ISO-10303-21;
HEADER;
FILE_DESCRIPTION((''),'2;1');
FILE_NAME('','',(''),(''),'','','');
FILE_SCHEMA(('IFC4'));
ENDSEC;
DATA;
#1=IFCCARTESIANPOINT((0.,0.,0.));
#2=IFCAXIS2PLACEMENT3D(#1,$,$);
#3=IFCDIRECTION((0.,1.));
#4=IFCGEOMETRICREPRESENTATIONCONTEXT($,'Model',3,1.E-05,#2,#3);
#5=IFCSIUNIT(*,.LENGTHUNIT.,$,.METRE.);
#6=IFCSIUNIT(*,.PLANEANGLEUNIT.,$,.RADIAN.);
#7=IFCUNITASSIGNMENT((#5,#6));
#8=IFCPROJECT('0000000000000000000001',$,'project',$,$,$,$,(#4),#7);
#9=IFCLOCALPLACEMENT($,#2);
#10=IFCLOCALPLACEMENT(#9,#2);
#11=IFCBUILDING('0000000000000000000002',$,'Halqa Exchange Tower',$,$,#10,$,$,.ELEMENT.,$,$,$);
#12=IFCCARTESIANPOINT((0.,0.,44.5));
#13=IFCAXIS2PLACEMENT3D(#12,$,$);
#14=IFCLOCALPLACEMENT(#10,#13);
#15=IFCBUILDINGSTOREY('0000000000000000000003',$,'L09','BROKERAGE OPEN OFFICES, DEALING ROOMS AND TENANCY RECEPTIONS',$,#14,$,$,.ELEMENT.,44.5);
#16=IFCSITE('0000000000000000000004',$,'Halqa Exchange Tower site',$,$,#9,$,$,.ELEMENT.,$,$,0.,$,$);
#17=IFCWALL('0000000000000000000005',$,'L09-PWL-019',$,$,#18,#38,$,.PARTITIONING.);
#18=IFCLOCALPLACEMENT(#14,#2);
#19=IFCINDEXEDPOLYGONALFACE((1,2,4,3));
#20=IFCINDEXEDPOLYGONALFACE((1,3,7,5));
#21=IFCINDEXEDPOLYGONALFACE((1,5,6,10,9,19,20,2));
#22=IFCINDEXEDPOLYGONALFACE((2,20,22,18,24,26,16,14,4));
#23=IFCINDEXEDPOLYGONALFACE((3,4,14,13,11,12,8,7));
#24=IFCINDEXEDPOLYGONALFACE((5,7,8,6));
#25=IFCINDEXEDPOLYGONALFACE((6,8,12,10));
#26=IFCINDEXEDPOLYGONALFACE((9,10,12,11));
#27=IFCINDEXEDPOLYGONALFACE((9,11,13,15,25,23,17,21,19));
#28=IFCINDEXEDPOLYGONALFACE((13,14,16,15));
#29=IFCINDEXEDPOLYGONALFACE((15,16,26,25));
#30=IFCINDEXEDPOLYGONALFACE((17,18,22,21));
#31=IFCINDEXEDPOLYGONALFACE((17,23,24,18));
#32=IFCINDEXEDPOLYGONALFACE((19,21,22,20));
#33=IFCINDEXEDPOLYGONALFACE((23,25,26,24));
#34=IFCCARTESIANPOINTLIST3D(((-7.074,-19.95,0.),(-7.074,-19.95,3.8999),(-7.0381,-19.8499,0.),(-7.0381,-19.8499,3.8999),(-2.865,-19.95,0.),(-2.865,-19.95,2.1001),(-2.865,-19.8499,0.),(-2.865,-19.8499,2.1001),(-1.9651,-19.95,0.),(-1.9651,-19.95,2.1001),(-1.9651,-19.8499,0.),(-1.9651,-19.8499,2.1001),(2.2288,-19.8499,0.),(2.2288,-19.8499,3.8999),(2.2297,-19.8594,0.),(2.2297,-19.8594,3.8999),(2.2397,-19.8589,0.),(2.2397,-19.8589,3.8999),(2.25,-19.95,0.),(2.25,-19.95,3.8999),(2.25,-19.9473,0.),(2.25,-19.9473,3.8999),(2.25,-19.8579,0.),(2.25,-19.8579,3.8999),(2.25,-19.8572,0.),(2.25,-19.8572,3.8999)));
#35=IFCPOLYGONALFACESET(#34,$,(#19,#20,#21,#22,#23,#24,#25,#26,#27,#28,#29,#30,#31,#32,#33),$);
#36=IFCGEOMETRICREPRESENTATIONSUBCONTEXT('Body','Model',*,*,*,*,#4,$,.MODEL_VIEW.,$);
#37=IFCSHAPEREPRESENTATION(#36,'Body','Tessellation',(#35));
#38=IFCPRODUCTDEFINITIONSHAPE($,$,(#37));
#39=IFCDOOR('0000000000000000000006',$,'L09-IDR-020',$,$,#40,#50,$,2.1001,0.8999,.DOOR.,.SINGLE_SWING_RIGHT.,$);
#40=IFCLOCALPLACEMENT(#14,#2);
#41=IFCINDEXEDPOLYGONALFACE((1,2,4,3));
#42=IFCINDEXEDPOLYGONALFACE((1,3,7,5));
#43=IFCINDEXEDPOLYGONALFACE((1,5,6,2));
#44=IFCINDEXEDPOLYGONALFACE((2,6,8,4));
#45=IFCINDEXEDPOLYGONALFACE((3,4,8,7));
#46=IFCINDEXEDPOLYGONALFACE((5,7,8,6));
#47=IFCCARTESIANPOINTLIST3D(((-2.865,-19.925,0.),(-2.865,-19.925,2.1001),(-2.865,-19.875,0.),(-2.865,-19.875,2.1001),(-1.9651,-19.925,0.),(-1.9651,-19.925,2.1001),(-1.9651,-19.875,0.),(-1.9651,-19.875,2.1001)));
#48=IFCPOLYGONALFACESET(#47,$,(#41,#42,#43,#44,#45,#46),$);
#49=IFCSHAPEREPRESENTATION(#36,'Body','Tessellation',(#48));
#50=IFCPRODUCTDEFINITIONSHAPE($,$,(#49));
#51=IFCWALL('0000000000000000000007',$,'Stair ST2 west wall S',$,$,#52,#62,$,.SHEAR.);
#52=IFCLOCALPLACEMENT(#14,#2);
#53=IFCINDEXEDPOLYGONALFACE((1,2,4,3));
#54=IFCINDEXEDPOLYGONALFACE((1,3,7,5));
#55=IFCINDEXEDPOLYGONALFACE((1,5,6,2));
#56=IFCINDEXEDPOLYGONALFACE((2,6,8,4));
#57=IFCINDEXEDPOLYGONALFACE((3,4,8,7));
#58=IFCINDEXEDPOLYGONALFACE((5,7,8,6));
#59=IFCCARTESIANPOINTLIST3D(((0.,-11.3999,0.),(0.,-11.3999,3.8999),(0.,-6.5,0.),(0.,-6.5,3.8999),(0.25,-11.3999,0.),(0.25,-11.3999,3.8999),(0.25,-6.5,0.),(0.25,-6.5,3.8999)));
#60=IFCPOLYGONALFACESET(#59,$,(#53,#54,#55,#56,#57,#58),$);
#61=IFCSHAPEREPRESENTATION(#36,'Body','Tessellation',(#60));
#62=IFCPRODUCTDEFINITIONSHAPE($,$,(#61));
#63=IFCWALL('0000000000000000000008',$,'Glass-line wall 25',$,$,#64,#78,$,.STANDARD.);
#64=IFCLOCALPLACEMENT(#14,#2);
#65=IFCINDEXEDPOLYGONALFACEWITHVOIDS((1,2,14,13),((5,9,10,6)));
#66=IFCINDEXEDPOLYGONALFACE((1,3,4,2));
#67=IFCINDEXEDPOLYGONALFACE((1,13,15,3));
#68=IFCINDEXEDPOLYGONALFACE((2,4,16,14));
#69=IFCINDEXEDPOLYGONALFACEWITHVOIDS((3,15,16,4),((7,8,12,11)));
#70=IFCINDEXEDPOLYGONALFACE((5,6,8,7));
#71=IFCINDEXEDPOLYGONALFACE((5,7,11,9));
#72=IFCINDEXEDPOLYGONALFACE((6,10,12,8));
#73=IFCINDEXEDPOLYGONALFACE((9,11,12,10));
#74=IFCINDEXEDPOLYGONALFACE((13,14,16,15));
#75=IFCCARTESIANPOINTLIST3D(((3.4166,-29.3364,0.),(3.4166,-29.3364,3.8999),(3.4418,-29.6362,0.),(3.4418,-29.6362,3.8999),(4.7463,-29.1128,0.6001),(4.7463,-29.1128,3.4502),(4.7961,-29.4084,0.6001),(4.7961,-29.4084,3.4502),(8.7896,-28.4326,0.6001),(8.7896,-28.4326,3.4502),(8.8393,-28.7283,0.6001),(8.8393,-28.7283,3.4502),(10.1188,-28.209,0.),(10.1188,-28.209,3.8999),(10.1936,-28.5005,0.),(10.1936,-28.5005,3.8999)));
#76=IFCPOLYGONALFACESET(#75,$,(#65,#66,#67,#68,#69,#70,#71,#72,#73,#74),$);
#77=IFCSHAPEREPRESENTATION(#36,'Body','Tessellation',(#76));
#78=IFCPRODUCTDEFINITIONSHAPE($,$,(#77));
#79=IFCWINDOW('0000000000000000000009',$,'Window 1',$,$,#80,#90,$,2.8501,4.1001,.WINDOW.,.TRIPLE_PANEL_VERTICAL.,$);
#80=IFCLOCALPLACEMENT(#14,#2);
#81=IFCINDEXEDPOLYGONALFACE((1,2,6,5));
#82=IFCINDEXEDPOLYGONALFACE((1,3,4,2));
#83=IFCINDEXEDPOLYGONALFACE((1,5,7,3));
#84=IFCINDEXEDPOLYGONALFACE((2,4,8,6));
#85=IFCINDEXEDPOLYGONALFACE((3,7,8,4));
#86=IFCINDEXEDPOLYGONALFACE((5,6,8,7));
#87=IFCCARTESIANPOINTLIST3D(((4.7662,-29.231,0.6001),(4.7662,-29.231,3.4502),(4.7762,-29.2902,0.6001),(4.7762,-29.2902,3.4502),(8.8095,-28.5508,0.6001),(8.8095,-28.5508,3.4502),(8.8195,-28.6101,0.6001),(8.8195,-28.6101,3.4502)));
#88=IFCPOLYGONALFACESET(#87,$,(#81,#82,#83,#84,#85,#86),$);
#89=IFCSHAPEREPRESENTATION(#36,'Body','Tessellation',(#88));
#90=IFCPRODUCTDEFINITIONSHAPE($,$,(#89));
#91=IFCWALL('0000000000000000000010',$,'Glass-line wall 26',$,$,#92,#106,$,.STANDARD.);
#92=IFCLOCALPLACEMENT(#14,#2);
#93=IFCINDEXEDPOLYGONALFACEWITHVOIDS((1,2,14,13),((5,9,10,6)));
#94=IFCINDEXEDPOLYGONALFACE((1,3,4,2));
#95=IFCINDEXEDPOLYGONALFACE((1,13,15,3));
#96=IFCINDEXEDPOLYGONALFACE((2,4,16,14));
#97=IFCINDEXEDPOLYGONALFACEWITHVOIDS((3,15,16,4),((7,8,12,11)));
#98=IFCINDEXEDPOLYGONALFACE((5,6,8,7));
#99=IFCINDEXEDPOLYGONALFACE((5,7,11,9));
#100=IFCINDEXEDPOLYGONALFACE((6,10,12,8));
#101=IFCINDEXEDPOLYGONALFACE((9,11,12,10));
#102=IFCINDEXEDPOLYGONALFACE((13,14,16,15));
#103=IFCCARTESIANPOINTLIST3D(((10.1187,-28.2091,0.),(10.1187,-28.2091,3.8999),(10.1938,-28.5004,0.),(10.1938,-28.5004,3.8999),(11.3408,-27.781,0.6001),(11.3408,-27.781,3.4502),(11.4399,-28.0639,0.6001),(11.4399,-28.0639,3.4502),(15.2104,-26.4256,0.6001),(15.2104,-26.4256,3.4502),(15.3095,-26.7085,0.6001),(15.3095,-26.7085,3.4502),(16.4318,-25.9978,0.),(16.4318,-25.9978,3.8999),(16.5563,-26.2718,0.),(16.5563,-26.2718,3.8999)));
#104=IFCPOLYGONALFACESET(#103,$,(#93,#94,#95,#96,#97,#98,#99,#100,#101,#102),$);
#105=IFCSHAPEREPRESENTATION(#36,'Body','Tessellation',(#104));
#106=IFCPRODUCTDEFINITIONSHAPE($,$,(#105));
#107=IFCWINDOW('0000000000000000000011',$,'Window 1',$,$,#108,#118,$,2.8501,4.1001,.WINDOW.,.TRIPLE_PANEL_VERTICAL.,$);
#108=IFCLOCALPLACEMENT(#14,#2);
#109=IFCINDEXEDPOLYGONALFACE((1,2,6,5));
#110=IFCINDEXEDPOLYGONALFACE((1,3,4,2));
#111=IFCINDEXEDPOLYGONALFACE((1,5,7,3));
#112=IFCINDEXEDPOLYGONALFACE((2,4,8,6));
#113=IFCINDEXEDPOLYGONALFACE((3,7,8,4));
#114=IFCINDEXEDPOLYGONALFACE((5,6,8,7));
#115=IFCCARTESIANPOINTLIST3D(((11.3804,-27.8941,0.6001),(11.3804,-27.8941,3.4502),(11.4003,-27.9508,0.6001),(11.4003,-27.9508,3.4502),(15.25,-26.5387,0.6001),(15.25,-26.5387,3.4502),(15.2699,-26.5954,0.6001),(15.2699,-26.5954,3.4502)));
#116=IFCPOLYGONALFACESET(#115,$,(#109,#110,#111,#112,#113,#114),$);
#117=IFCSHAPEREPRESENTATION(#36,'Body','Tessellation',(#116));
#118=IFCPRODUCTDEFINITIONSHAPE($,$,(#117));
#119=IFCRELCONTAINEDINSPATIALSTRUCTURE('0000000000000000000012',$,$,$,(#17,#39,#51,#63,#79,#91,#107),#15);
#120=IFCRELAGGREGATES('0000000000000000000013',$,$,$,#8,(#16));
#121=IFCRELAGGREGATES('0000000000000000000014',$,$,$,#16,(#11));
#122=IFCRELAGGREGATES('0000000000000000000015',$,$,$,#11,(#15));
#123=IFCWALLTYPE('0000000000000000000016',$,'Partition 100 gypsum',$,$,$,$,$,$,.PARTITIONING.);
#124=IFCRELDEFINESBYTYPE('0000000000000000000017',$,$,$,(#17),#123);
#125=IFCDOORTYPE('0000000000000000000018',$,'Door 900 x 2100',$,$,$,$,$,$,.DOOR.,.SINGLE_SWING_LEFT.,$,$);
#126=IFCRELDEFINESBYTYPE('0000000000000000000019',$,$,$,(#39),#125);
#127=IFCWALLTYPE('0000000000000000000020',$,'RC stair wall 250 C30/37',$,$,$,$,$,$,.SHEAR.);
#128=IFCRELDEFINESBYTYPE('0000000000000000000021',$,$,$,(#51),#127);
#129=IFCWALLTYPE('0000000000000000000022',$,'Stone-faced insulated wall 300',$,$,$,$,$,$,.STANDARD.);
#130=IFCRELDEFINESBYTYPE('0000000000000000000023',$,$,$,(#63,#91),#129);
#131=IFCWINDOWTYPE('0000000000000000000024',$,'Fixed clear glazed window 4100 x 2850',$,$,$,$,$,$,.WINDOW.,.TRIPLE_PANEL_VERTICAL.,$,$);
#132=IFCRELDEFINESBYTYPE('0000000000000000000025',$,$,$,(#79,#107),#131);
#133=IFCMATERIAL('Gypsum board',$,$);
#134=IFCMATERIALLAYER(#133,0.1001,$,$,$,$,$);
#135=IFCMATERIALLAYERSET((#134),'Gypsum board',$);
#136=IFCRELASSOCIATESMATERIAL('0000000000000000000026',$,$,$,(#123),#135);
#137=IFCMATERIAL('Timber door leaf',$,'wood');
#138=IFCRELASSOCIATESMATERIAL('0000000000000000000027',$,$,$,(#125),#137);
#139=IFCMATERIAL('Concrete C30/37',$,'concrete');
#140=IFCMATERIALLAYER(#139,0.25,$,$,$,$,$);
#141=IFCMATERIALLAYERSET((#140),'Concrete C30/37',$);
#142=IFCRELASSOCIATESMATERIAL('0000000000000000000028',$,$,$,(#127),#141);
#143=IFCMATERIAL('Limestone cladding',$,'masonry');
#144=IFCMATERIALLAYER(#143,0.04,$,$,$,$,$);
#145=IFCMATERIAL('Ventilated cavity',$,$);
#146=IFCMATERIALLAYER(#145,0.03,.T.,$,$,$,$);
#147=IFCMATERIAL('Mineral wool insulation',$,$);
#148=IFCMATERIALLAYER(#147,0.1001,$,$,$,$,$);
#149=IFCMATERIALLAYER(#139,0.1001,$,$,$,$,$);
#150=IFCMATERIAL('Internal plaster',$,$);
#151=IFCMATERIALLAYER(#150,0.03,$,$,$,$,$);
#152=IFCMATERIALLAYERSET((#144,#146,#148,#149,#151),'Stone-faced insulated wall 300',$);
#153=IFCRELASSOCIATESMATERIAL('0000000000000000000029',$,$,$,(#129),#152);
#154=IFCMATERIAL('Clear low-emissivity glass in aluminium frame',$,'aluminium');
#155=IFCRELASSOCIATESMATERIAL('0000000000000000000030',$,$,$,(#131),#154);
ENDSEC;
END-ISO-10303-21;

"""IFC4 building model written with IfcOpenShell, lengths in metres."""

from ifc_helpers import new_model, si_unit, direction, frame, frame_2d, origin, place, context, subcontext, project, spatial, polyline, rectangle, outline, extrude, material, layer, layer_set, type_object, element, fill, save


model = new_model("IFC4")

# Units and contexts
model_context = context("Model", 3, precision=1e-05, world=origin(), true_north=direction((0.0, 1.0)))
body_context = subcontext(model_context, "Body", "Model", "MODEL_VIEW")
ifc_project = project(units=[si_unit("LENGTHUNIT", "METRE"), si_unit("PLANEANGLEUNIT", "RADIAN")], contexts=[model_context])

# Site, building, storey
site_placement = place(None, origin())
site = spatial("IfcSite", under=ifc_project, at=site_placement, Name="Halqa Exchange Tower site", CompositionType="ELEMENT", RefElevation=0.0)
building_placement = place(site_placement, origin())
building = spatial("IfcBuilding", under=site, at=building_placement, Name="Halqa Exchange Tower", CompositionType="ELEMENT")
storey_placement = place(building_placement, frame((0.0, 0.0, 44.5)))
storey = spatial("IfcBuildingStorey", under=building, at=storey_placement, Name="L09", Description="BROKERAGE OPEN OFFICES, DEALING ROOMS AND TENANCY RECEPTIONS", CompositionType="ELEMENT", Elevation=44.5)

# Wall, opening, door
ifc_material_1 = material(Name="Gypsum board")
ifc_layer_1 = layer(ifc_material_1, 0.1001)
ifc_layer_set_1 = layer_set([ifc_layer_1], Name="Gypsum board")
wall_type_1 = type_object("IfcWallType", Name="Partition 100 gypsum", PredefinedType="PARTITIONING", material=ifc_layer_set_1)
wall_1_placement = place(storey_placement, frame((2.25, -19.8999, 0.0), z_axis=(0.0, 0.0, 1.0), x_axis=(-1.0, 0.0, 0.0)))
wall_1 = element("IfcWall", 1, at=wall_1_placement, inside=storey, type_object=wall_type_1, Name="L09-PWL-019", PredefinedType="PARTITIONING", context=body_context, shape_type="SweptSolid", body=[
    extrude(outline(polyline([(0.0212, -0.05), (1.8748, -0.05), (3.728, -0.05), (5.5813, -0.05), (7.4348, -0.05), (9.2881, -0.05), (9.324, 0.05), (9.324, 0.05), (7.4592, 0.05), (5.5945, 0.05), (3.7295, 0.05), (1.8647, 0.05), (0.0, 0.05), (0.0, 0.0474), (0.0103, -0.041), (0.0, -0.042), (0.0, -0.0427), (0.0203, -0.0405), (0.0212, -0.05)])), origin(), (0.0, 0.0, 1.0), 3.8999),
])
opening_1_placement = place(wall_1_placement, frame((4.2151, 0.0, 0.0)))
opening_1 = element("IfcOpeningElement", 2, at=opening_1_placement, cuts=wall_1, PredefinedType="OPENING", context=body_context, shape_type="SweptSolid", body=[
    extrude(rectangle(XDim=0.8999, YDim=2.1001, at=frame_2d((0.45, 1.05))), frame((0.0, 0.062, 0.0), z_axis=(0.0, -1.0, 0.0), x_axis=(1.0, 0.0, 0.0)), (0.0, 0.0, 1.0), 0.124),
])
ifc_material_2 = material(Name="Timber door leaf", Category="wood")
door_type = type_object("IfcDoorType", Name="Door 900 x 2100", OperationType="SINGLE_SWING_LEFT", PredefinedType="DOOR", material=ifc_material_2)
door_placement = place(opening_1_placement, frame((0.8999, 0.0, 0.0), z_axis=(0.0, 0.0, 1.0), x_axis=(-1.0, 0.0, 0.0)))
door = element("IfcDoor", 3, at=door_placement, inside=storey, type_object=door_type, Name="L09-IDR-020", OperationType="SINGLE_SWING_RIGHT", OverallHeight=2.1001, OverallWidth=0.8999, PredefinedType="DOOR", context=body_context, shape_type="SweptSolid", body=[
    extrude(rectangle(XDim=0.8999, YDim=2.1001, at=frame_2d((0.45, 1.05))), frame((0.0, 0.0249, 0.0), z_axis=(0.0, -1.0, 0.0), x_axis=(1.0, 0.0, 0.0)), (0.0, 0.0, 1.0), 0.05),
])
fill(opening_1, door)

# Wall
ifc_material_3 = material(Name="Concrete C30/37", Category="concrete")
ifc_layer_2 = layer(ifc_material_3, 0.25)
ifc_layer_set_2 = layer_set([ifc_layer_2], Name="Concrete C30/37")
wall_type_2 = type_object("IfcWallType", Name="RC stair wall 250 C30/37", PredefinedType="SHEAR", material=ifc_layer_set_2)
wall_2_placement = place(storey_placement, frame((0.125, -11.3999, 0.0), z_axis=(0.0, 0.0, 1.0), x_axis=(0.0, 1.0, 0.0)))
element("IfcWall", 4, at=wall_2_placement, inside=storey, type_object=wall_type_2, Name="Stair ST2 west wall S", PredefinedType="SHEAR", context=body_context, shape_type="SweptSolid", body=[
    extrude(rectangle(XDim=4.8999, YDim=0.25, at=frame_2d((2.45, 0.0))), origin(), (0.0, 0.0, 1.0), 3.8999),
])

# Walls, openings, windows
ifc_material_4 = material(Name="Limestone cladding", Category="masonry")
ifc_layer_3 = layer(ifc_material_4, 0.04)
ifc_material_5 = material(Name="Ventilated cavity")
ifc_layer_4 = layer(ifc_material_5, 0.03, ventilated=True)
ifc_material_6 = material(Name="Mineral wool insulation")
ifc_layer_5 = layer(ifc_material_6, 0.1001)
ifc_layer_6 = layer(ifc_material_3, 0.1001)
ifc_material_7 = material(Name="Internal plaster")
ifc_layer_7 = layer(ifc_material_7, 0.03)
ifc_layer_set_3 = layer_set([ifc_layer_3, ifc_layer_4, ifc_layer_5, ifc_layer_6, ifc_layer_7], Name="Stone-faced insulated wall 300")
wall_type_3 = type_object("IfcWallType", Name="Stone-faced insulated wall 300", PredefinedType="STANDARD", material=ifc_layer_set_3)
wall_3_placement = place(storey_placement, frame((3.4292, -29.4863, 0.0), z_axis=(0.0, 0.0, 1.0), x_axis=(0.986145, 0.165885, 0.0)))
wall_3 = element("IfcWall", 5, at=wall_3_placement, inside=storey, type_object=wall_type_3, Name="Glass-line wall 25", PredefinedType="STANDARD", context=body_context, shape_type="SweptSolid", body=[
    extrude(outline(polyline([(-0.0125, -0.1499), (6.8342, -0.1499), (6.8088, 0.1499), (0.0125, 0.1499), (-0.0125, -0.1499)])), origin(), (0.0, 0.0, 1.0), 3.8999),
])
opening_2_placement = place(wall_3_placement, frame((1.3608, 0.0, 0.6001)))
opening_2 = element("IfcOpeningElement", 6, at=opening_2_placement, cuts=wall_3, PredefinedType="OPENING", context=body_context, shape_type="SweptSolid", body=[
    extrude(rectangle(XDim=4.1001, YDim=2.8501, at=frame_2d((2.05, 1.425))), frame((0.0, 0.1621, 0.0), z_axis=(0.0, -1.0, 0.0), x_axis=(1.0, 0.0, 0.0)), (0.0, 0.0, 1.0), 0.324),
])
ifc_material_8 = material(Name="Clear low-emissivity glass in aluminium frame", Category="aluminium")
window_type = type_object("IfcWindowType", Name="Fixed clear glazed window 4100 x 2850", PartitioningType="TRIPLE_PANEL_VERTICAL", PredefinedType="WINDOW", material=ifc_material_8)
window_1_placement = place(opening_2_placement, origin())
window_1 = element("IfcWindow", 7, at=window_1_placement, inside=storey, type_object=window_type, Name="Window 1", OverallHeight=2.8501, OverallWidth=4.1001, PartitioningType="TRIPLE_PANEL_VERTICAL", PredefinedType="WINDOW", context=body_context, shape_type="SweptSolid", body=[
    extrude(rectangle(XDim=4.1001, YDim=2.8501, at=frame_2d((2.05, 1.425))), frame((0.0, 0.03, 0.0), z_axis=(0.0, -1.0, 0.0), x_axis=(1.0, 0.0, 0.0)), (0.0, 0.0, 1.0), 0.0601),
])
fill(opening_2, window_1)
wall_4_placement = place(storey_placement, frame((10.1562, -28.3547, 0.0), z_axis=(0.0, 0.0, 1.0), x_axis=(0.943779, 0.330577, 0.0)))
wall_4 = element("IfcWall", 8, at=wall_4_placement, inside=storey, type_object=wall_type_3, Name="Glass-line wall 26", PredefinedType="STANDARD", context=body_context, shape_type="SweptSolid", body=[
    extrude(outline(polyline([(-0.0127, -0.1499), (6.7288, -0.1499), (6.7019, 0.1499), (0.0127, 0.1499), (-0.0127, -0.1499)])), origin(), (0.0, 0.0, 1.0), 3.8999),
])
opening_3_placement = place(wall_4_placement, frame((1.3076, 0.0, 0.6001)))
opening_3 = element("IfcOpeningElement", 9, at=opening_3_placement, cuts=wall_4, PredefinedType="OPENING", context=body_context, shape_type="SweptSolid", body=[
    extrude(rectangle(XDim=4.1001, YDim=2.8501, at=frame_2d((2.05, 1.425))), frame((0.0, 0.1621, 0.0), z_axis=(0.0, -1.0, 0.0), x_axis=(1.0, 0.0, 0.0)), (0.0, 0.0, 1.0), 0.324),
])
window_2_placement = place(opening_3_placement, origin())
window_2 = element("IfcWindow", 10, at=window_2_placement, inside=storey, type_object=window_type, Name="Window 1", OverallHeight=2.8501, OverallWidth=4.1001, PartitioningType="TRIPLE_PANEL_VERTICAL", PredefinedType="WINDOW", context=body_context, shape_type="SweptSolid", body=[
    extrude(rectangle(XDim=4.1001, YDim=2.8501, at=frame_2d((2.05, 1.425))), frame((0.0, 0.03, 0.0), z_axis=(0.0, -1.0, 0.0), x_axis=(1.0, 0.0, 0.0)), (0.0, 0.0, 1.0), 0.0601),
])
fill(opening_3, window_2)

save(model, "model.ifc")
